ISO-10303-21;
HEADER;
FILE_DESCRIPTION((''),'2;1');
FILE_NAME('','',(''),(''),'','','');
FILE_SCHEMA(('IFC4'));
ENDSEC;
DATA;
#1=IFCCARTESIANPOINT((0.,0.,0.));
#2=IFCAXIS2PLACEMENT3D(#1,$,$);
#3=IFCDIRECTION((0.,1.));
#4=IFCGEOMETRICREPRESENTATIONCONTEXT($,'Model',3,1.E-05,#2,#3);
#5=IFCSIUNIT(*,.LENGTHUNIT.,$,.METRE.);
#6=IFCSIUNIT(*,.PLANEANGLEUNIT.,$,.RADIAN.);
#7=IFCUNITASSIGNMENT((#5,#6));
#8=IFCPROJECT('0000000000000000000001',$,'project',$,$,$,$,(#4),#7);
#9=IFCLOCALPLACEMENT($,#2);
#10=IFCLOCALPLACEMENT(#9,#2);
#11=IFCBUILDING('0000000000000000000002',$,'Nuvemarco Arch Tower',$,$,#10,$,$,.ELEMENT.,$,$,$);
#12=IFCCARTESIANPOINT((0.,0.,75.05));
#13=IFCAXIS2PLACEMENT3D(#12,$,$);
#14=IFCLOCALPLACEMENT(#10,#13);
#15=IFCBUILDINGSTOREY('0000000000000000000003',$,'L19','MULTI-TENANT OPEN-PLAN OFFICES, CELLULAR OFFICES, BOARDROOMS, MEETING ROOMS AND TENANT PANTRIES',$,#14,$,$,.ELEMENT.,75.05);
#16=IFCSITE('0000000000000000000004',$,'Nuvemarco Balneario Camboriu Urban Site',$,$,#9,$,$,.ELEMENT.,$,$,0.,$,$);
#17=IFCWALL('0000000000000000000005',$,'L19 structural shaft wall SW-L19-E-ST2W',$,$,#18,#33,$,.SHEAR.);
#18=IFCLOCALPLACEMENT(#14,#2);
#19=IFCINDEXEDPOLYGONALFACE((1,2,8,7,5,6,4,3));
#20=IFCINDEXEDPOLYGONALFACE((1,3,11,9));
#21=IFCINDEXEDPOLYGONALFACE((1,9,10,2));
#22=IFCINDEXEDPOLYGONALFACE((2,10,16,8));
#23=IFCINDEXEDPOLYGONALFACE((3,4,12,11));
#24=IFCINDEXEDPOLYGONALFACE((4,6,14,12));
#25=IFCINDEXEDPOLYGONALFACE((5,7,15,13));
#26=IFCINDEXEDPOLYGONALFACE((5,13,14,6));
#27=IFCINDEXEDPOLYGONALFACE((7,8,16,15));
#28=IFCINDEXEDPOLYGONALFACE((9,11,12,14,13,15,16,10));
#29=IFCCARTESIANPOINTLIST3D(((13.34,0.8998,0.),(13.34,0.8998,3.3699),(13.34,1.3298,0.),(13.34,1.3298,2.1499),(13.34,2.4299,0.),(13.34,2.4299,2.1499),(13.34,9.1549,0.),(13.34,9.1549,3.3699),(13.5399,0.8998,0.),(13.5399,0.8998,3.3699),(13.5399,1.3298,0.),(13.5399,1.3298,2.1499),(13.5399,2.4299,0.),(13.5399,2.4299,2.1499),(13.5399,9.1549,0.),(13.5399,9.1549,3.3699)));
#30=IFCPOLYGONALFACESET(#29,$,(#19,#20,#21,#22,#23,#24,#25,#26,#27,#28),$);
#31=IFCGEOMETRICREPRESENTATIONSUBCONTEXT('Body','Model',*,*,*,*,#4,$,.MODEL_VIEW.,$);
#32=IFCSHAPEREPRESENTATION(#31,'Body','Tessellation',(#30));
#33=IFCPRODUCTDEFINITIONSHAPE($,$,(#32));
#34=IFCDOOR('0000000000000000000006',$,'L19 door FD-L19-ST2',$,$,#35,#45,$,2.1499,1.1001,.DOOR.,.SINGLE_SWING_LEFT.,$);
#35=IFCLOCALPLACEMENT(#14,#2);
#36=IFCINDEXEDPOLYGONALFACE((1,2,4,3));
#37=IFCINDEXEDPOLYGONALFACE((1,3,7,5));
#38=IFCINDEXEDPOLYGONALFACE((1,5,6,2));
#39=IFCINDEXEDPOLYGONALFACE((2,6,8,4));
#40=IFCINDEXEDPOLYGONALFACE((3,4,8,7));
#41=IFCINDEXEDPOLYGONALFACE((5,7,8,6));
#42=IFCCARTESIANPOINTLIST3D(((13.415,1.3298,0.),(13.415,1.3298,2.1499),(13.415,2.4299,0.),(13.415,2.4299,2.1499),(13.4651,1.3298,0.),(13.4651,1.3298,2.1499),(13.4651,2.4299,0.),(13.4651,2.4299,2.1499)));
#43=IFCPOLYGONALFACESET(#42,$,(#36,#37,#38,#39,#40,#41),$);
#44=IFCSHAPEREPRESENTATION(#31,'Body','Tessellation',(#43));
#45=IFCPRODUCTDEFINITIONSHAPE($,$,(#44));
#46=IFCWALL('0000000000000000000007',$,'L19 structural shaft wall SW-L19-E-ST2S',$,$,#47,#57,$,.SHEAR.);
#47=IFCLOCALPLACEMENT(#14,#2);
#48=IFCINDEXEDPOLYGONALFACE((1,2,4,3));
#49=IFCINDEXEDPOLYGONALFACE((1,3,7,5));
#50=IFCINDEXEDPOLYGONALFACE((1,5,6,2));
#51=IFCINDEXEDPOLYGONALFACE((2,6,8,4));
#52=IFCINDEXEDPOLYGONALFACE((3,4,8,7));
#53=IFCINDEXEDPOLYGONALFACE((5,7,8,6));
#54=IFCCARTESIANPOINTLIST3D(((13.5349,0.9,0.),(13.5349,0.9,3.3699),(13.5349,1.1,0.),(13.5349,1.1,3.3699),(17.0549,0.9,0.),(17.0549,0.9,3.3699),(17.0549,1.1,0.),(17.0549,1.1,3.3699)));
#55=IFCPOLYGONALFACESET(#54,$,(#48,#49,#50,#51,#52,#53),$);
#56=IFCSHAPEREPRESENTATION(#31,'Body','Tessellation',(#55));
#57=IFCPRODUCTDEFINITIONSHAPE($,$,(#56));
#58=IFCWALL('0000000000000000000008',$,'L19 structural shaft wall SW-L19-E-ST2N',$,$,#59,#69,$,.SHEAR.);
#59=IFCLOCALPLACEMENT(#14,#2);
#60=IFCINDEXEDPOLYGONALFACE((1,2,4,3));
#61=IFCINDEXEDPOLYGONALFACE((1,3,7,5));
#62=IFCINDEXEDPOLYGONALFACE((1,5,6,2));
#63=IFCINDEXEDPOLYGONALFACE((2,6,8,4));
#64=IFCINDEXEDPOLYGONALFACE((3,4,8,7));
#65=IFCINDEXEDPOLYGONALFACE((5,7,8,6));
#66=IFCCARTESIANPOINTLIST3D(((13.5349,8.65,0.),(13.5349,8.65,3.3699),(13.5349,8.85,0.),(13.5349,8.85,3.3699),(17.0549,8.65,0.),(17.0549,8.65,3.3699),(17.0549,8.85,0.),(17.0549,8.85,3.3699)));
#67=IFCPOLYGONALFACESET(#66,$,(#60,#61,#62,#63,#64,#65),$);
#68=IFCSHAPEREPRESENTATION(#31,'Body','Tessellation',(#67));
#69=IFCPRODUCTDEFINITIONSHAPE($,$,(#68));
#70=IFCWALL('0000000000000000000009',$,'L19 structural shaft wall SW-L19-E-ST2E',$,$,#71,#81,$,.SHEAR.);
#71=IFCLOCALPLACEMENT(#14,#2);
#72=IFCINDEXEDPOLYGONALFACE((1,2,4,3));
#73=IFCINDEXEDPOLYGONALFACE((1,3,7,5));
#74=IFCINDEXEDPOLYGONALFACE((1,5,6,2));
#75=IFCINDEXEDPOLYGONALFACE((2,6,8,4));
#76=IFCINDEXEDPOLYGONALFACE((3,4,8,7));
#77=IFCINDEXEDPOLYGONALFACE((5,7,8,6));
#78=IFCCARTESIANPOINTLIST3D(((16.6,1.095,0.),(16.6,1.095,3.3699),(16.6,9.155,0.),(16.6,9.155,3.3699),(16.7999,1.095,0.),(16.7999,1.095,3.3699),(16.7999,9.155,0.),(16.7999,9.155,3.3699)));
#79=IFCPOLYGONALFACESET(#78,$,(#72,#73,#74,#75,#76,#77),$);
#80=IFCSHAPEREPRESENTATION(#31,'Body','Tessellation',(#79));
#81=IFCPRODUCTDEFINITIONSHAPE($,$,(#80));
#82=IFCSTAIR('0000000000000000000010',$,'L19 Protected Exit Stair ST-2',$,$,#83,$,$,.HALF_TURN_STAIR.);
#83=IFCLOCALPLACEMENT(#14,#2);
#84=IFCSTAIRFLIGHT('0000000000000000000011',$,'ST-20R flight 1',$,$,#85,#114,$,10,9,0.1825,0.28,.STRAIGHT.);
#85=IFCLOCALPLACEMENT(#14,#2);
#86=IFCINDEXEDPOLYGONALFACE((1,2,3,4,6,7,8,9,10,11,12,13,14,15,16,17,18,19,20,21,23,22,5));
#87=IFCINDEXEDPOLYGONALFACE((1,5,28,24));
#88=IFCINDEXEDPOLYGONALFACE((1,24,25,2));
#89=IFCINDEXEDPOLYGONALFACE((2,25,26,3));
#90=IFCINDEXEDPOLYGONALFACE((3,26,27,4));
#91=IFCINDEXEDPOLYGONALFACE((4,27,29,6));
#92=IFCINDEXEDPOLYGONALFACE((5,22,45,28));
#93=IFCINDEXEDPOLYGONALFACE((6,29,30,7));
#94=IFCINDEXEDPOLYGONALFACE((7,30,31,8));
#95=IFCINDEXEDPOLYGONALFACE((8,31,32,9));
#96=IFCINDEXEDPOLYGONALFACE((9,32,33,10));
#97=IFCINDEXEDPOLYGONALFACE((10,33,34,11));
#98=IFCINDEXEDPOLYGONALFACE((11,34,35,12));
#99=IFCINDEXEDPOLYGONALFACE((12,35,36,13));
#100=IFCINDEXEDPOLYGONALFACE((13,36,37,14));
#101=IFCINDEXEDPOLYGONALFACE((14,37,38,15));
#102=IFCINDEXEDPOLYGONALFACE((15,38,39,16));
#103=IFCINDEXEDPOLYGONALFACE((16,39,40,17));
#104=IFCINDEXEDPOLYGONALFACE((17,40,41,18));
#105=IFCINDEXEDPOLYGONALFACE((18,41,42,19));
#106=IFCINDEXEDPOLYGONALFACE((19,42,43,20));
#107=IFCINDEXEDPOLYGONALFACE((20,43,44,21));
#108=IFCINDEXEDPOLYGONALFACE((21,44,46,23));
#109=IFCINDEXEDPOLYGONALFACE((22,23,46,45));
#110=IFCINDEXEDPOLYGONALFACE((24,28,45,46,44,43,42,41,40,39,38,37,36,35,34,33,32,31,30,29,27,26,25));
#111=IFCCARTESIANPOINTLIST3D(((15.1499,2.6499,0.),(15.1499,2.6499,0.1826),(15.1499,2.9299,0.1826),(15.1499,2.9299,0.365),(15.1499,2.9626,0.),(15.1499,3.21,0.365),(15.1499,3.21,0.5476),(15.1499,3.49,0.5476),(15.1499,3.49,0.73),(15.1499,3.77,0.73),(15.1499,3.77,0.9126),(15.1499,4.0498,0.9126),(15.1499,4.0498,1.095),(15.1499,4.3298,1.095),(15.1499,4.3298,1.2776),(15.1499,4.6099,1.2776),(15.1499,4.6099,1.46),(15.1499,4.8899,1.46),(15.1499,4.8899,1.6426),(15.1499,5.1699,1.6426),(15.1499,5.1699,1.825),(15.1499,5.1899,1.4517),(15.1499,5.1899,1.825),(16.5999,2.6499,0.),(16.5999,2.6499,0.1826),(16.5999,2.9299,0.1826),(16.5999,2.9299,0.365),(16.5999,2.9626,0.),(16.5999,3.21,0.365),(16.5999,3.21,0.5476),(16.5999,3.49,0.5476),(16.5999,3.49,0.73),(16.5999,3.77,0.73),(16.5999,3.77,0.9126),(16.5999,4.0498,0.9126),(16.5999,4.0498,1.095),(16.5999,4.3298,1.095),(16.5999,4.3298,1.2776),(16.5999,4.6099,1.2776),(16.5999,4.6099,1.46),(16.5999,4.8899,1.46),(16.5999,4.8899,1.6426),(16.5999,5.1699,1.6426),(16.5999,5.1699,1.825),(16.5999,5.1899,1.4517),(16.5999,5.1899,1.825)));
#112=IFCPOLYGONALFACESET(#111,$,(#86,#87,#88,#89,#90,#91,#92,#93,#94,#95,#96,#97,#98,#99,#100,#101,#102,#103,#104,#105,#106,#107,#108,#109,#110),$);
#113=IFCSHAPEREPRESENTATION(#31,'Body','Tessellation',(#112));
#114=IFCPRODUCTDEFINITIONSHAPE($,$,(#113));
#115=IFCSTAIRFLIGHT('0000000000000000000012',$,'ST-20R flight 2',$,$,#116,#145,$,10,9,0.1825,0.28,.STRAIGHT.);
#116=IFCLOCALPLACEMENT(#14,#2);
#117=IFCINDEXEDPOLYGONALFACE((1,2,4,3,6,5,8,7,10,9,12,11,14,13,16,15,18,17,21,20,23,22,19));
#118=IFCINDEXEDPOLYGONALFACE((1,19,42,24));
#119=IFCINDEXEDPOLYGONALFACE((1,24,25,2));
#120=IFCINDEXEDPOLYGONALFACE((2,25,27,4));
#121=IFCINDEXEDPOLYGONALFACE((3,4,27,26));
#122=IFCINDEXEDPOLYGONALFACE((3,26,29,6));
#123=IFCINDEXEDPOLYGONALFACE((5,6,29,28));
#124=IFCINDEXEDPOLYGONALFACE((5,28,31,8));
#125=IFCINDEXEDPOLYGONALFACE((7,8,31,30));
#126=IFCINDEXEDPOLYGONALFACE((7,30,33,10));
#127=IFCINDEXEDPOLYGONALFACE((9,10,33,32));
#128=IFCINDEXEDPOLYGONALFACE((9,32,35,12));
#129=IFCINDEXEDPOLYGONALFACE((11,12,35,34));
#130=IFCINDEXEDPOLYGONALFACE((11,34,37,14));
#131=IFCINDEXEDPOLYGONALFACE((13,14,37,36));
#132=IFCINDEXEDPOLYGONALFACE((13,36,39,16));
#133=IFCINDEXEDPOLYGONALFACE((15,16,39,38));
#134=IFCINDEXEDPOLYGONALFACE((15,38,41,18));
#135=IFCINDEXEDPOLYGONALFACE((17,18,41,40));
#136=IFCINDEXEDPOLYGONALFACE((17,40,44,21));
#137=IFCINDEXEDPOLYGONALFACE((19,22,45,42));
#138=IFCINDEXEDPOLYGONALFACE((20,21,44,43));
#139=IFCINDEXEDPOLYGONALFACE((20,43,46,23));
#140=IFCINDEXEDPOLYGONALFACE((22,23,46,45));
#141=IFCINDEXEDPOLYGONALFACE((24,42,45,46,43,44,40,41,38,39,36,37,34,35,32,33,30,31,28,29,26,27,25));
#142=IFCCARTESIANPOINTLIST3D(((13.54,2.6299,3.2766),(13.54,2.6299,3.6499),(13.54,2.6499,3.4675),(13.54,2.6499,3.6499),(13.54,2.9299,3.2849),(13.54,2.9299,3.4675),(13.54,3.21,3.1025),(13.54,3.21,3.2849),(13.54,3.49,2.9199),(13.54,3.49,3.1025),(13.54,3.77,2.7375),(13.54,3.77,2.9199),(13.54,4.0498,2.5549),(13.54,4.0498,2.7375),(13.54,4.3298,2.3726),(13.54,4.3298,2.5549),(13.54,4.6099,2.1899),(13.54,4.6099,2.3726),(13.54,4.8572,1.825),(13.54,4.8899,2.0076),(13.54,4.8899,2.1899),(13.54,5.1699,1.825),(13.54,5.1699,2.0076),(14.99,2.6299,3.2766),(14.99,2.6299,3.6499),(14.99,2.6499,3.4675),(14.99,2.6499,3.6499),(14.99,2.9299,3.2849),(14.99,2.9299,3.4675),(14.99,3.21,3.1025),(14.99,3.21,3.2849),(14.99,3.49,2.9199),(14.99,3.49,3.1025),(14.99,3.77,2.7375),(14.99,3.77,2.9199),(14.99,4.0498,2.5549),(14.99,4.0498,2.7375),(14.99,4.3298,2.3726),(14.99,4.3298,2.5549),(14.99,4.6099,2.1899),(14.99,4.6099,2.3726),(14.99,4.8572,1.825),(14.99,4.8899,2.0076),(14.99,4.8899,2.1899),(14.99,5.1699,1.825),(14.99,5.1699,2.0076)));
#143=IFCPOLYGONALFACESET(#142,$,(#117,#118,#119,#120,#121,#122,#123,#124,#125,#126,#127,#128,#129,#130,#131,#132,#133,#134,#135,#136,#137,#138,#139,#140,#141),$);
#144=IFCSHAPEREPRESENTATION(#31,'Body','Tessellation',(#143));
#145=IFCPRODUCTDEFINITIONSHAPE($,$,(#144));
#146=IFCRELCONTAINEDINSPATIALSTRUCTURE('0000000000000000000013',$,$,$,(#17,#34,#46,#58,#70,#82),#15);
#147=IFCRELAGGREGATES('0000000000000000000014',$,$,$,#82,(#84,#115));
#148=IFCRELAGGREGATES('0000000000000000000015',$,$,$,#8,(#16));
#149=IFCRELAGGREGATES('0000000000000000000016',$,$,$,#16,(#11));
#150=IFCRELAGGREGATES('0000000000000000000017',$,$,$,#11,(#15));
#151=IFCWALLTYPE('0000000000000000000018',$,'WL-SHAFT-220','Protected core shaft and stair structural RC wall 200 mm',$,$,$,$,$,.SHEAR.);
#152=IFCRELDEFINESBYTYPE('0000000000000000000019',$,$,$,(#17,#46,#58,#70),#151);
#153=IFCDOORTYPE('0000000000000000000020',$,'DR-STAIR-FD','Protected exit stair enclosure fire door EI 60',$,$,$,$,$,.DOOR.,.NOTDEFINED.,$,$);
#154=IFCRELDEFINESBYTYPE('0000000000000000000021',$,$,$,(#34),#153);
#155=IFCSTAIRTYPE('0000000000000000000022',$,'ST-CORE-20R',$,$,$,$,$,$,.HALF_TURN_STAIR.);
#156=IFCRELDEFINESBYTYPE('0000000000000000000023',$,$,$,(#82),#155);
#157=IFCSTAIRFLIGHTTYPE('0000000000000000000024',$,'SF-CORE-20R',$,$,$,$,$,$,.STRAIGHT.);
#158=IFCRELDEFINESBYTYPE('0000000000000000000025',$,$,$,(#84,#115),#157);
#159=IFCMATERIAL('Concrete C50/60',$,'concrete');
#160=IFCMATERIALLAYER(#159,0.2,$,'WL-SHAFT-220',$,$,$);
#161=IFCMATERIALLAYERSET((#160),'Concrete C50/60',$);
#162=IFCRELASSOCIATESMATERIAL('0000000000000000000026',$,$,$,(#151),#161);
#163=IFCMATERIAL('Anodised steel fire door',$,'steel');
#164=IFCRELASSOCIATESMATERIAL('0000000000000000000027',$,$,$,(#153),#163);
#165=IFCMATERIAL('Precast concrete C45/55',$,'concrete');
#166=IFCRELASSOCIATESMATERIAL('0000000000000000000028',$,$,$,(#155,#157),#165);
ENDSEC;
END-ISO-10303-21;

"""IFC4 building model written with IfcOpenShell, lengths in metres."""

from ifc_helpers import new_model, si_unit, direction, frame, frame_2d, origin, place, context, subcontext, project, spatial, polyline, rectangle, outline, extrude, source, transform, mapped, material, layer, layer_set, type_object, type_shapes, element, fill, aggregate, save


model = new_model("IFC4")

# Units and contexts
model_context = context("Model", 3, precision=1e-05, world=origin(), true_north=direction((0.0, 1.0)))
body_context = subcontext(model_context, "Body", "Model", "MODEL_VIEW")
ifc_project = project(units=[si_unit("LENGTHUNIT", "METRE"), si_unit("PLANEANGLEUNIT", "RADIAN")], contexts=[model_context])

# Site, building, storey
site_placement = place(None, origin())
site = spatial("IfcSite", under=ifc_project, at=site_placement, Name="Nuvemarco Balneario Camboriu Urban Site", CompositionType="ELEMENT", RefElevation=0.0)
building_placement = place(site_placement, origin())
building = spatial("IfcBuilding", under=site, at=building_placement, Name="Nuvemarco Arch Tower", CompositionType="ELEMENT")
storey_placement = place(building_placement, frame((0.0, 0.0, 75.05)))
storey = spatial("IfcBuildingStorey", under=building, at=storey_placement, Name="L19", Description="MULTI-TENANT OPEN-PLAN OFFICES, CELLULAR OFFICES, BOARDROOMS, MEETING ROOMS AND TENANT PANTRIES", CompositionType="ELEMENT", Elevation=75.05)

# Shared definitions
ifc_material_1 = material(Name="Precast concrete C45/55", Category="concrete")

# Wall, opening, door
ifc_material_2 = material(Name="Anodised steel fire door", Category="steel")
ifc_material_3 = material(Name="Concrete C50/60", Category="concrete")
ifc_layer_1 = layer(ifc_material_3, 0.2, Name="WL-SHAFT-220")
ifc_layer_set_1 = layer_set([ifc_layer_1], Name="Concrete C50/60")
wall_type_1 = type_object("IfcWallType", Name="WL-SHAFT-220", Description="Protected core shaft and stair structural RC wall 200 mm", PredefinedType="SHEAR", material=ifc_layer_set_1)
wall_1_placement = place(storey_placement, frame((13.4399, 0.8999, 0.0), z_axis=(0.0, 0.0, 1.0), x_axis=(0.0, 1.0, 0.0)))
wall_1 = element("IfcWall", 1, at=wall_1_placement, inside=storey, type_object=wall_type_1, Name="L19 structural shaft wall SW-L19-E-ST2W", PredefinedType="SHEAR", context=body_context, shape_type="SweptSolid", body=[
    extrude(rectangle(XDim=8.2551, YDim=0.2, at=frame_2d((4.1274, 0.0))), origin(), (0.0, 0.0, 1.0), 3.3699),
])
opening_1_placement = place(wall_1_placement, frame((0.4299, 0.0, 0.0)))
opening_1 = element("IfcOpeningElement", 2, at=opening_1_placement, cuts=wall_1, PredefinedType="OPENING", context=body_context, shape_type="SweptSolid", body=[
    extrude(rectangle(XDim=1.1001, YDim=2.1499, at=frame_2d((0.55, 1.075))), frame((0.0, 0.1099, 0.0), z_axis=(0.0, -1.0, 0.0), x_axis=(1.0, 0.0, 0.0)), (0.0, 0.0, 1.0), 0.22),
])
door_type_1 = type_object("IfcDoorType", Name="DR-STAIR-FD", Description="Protected exit stair enclosure fire door EI 60", OperationType="NOTDEFINED", PredefinedType="DOOR", material=ifc_material_2)
shared_shape_1 = source(origin(), body_context, "Body", "SweptSolid", [
    extrude(rectangle(XDim=1.1001, YDim=2.1499, at=frame_2d((0.55, 1.075))), frame((0.0, 0.0249, 0.0), z_axis=(0.0, -1.0, 0.0), x_axis=(1.0, 0.0, 0.0)), (0.0, 0.0, 1.0), 0.05),
])
type_shapes(door_type_1, [shared_shape_1])
door_1_placement = place(opening_1_placement, origin())
door_1 = element("IfcDoor", 3, at=door_1_placement, inside=storey, type_object=door_type_1, Name="L19 door FD-L19-ST2", OperationType="SINGLE_SWING_LEFT", OverallHeight=2.1499, OverallWidth=1.1001, PredefinedType="DOOR", context=body_context, shape_type="MappedRepresentation", body=[
    mapped(shared_shape_1, transform((0.0, 0.0, 0.0), scale=1.0)),
])
fill(opening_1, door_1)

# Walls
for number, where, z_axis, x_axis, name in (
    (4, (13.5349, 1.0, 0.0), (0.0, 0.0, 1.0), (1.0, 0.0, 0.0), "L19 structural shaft wall SW-L19-E-ST2S"),
    (5, (13.5349, 8.75, 0.0), (0.0, 0.0, 1.0), (1.0, 0.0, 0.0), "L19 structural shaft wall SW-L19-E-ST2N"),
):
    element("IfcWall", number, at=place(storey_placement, frame(where, z_axis=z_axis, x_axis=x_axis)), inside=storey, type_object=wall_type_1, Name=name, PredefinedType="SHEAR", context=body_context, shape_type="SweptSolid", body=[
        extrude(rectangle(XDim=3.52, YDim=0.2, at=frame_2d((1.76, 0.0))), origin(), (0.0, 0.0, 1.0), 3.3699),
    ])
wall_2_placement = place(storey_placement, frame((16.7, 1.095, 0.0), z_axis=(0.0, 0.0, 1.0), x_axis=(0.0, 1.0, 0.0)))
element("IfcWall", 6, at=wall_2_placement, inside=storey, type_object=wall_type_1, Name="L19 structural shaft wall SW-L19-E-ST2E", PredefinedType="SHEAR", context=body_context, shape_type="SweptSolid", body=[
    extrude(rectangle(XDim=8.0601, YDim=0.2, at=frame_2d((4.03, 0.0))), origin(), (0.0, 0.0, 1.0), 3.3699),
])

# Stair, stair flights
stair_type = type_object("IfcStairType", Name="ST-CORE-20R", PredefinedType="HALF_TURN_STAIR", material=ifc_material_1)
stair_placement = place(storey_placement, origin())
stair = element("IfcStair", 7, at=stair_placement, inside=storey, type_object=stair_type, Name="L19 Protected Exit Stair ST-2", PredefinedType="HALF_TURN_STAIR")
stair_flight_type = type_object("IfcStairFlightType", Name="SF-CORE-20R", PredefinedType="STRAIGHT", material=ifc_material_1)
stair_flight_1_placement = place(storey_placement, frame((15.875, 2.6499, 0.0), z_axis=(0.0, 0.0, 1.0), x_axis=(0.0, 1.0, 0.0)))
stair_flight_1 = element("IfcStairFlight", 8, at=stair_flight_1_placement, type_object=stair_flight_type, Name="ST-20R flight 1", NumberOfRisers=10, NumberOfTreads=9, PredefinedType="STRAIGHT", RiserHeight=0.1825, TreadLength=0.28, context=body_context, shape_type="SweptSolid", body=[
    extrude(outline(polyline([(0.0, 0.0), (0.0, 0.1826), (0.28, 0.1826), (0.28, 0.365), (0.5601, 0.365), (0.5601, 0.5476), (0.8401, 0.5476), (0.8401, 0.73), (1.1201, 0.73), (1.1201, 0.9126), (1.3999, 0.9126), (1.3999, 1.095), (1.6799, 1.095), (1.6799, 1.2776), (1.96, 1.2776), (1.96, 1.46), (2.24, 1.46), (2.24, 1.6426), (2.52, 1.6426), (2.52, 1.825), (2.54, 1.825), (2.54, 1.4517), (0.3127, 0.0), (0.0, 0.0)])), frame((0.0, 0.7251, 0.0), z_axis=(0.0, -1.0, 0.0), x_axis=(1.0, 0.0, 0.0)), (0.0, 0.0, 1.0), 1.45),
])
stair_flight_2_placement = place(storey_placement, frame((14.2649, 5.1699, 1.825), z_axis=(0.0, 0.0, 1.0), x_axis=(0.0, -1.0, 0.0)))
stair_flight_2 = element("IfcStairFlight", 9, at=stair_flight_2_placement, type_object=stair_flight_type, Name="ST-20R flight 2", NumberOfRisers=10, NumberOfTreads=9, PredefinedType="STRAIGHT", RiserHeight=0.1825, TreadLength=0.28, context=body_context, shape_type="SweptSolid", body=[
    extrude(outline(polyline([(0.0, 0.0), (0.0, 0.1826), (0.28, 0.1826), (0.28, 0.365), (0.5601, 0.365), (0.5601, 0.5476), (0.8401, 0.5476), (0.8401, 0.73), (1.1201, 0.73), (1.1201, 0.9126), (1.3999, 0.9126), (1.3999, 1.095), (1.6799, 1.095), (1.6799, 1.2776), (1.96, 1.2776), (1.96, 1.46), (2.24, 1.46), (2.24, 1.6426), (2.52, 1.6426), (2.52, 1.825), (2.54, 1.825), (2.54, 1.4517), (0.3127, 0.0), (0.0, 0.0)])), frame((0.0, 0.7251, 0.0), z_axis=(0.0, -1.0, 0.0), x_axis=(1.0, 0.0, 0.0)), (0.0, 0.0, 1.0), 1.45),
])
aggregate(stair, [stair_flight_1, stair_flight_2])

save(model, "model.ifc")
